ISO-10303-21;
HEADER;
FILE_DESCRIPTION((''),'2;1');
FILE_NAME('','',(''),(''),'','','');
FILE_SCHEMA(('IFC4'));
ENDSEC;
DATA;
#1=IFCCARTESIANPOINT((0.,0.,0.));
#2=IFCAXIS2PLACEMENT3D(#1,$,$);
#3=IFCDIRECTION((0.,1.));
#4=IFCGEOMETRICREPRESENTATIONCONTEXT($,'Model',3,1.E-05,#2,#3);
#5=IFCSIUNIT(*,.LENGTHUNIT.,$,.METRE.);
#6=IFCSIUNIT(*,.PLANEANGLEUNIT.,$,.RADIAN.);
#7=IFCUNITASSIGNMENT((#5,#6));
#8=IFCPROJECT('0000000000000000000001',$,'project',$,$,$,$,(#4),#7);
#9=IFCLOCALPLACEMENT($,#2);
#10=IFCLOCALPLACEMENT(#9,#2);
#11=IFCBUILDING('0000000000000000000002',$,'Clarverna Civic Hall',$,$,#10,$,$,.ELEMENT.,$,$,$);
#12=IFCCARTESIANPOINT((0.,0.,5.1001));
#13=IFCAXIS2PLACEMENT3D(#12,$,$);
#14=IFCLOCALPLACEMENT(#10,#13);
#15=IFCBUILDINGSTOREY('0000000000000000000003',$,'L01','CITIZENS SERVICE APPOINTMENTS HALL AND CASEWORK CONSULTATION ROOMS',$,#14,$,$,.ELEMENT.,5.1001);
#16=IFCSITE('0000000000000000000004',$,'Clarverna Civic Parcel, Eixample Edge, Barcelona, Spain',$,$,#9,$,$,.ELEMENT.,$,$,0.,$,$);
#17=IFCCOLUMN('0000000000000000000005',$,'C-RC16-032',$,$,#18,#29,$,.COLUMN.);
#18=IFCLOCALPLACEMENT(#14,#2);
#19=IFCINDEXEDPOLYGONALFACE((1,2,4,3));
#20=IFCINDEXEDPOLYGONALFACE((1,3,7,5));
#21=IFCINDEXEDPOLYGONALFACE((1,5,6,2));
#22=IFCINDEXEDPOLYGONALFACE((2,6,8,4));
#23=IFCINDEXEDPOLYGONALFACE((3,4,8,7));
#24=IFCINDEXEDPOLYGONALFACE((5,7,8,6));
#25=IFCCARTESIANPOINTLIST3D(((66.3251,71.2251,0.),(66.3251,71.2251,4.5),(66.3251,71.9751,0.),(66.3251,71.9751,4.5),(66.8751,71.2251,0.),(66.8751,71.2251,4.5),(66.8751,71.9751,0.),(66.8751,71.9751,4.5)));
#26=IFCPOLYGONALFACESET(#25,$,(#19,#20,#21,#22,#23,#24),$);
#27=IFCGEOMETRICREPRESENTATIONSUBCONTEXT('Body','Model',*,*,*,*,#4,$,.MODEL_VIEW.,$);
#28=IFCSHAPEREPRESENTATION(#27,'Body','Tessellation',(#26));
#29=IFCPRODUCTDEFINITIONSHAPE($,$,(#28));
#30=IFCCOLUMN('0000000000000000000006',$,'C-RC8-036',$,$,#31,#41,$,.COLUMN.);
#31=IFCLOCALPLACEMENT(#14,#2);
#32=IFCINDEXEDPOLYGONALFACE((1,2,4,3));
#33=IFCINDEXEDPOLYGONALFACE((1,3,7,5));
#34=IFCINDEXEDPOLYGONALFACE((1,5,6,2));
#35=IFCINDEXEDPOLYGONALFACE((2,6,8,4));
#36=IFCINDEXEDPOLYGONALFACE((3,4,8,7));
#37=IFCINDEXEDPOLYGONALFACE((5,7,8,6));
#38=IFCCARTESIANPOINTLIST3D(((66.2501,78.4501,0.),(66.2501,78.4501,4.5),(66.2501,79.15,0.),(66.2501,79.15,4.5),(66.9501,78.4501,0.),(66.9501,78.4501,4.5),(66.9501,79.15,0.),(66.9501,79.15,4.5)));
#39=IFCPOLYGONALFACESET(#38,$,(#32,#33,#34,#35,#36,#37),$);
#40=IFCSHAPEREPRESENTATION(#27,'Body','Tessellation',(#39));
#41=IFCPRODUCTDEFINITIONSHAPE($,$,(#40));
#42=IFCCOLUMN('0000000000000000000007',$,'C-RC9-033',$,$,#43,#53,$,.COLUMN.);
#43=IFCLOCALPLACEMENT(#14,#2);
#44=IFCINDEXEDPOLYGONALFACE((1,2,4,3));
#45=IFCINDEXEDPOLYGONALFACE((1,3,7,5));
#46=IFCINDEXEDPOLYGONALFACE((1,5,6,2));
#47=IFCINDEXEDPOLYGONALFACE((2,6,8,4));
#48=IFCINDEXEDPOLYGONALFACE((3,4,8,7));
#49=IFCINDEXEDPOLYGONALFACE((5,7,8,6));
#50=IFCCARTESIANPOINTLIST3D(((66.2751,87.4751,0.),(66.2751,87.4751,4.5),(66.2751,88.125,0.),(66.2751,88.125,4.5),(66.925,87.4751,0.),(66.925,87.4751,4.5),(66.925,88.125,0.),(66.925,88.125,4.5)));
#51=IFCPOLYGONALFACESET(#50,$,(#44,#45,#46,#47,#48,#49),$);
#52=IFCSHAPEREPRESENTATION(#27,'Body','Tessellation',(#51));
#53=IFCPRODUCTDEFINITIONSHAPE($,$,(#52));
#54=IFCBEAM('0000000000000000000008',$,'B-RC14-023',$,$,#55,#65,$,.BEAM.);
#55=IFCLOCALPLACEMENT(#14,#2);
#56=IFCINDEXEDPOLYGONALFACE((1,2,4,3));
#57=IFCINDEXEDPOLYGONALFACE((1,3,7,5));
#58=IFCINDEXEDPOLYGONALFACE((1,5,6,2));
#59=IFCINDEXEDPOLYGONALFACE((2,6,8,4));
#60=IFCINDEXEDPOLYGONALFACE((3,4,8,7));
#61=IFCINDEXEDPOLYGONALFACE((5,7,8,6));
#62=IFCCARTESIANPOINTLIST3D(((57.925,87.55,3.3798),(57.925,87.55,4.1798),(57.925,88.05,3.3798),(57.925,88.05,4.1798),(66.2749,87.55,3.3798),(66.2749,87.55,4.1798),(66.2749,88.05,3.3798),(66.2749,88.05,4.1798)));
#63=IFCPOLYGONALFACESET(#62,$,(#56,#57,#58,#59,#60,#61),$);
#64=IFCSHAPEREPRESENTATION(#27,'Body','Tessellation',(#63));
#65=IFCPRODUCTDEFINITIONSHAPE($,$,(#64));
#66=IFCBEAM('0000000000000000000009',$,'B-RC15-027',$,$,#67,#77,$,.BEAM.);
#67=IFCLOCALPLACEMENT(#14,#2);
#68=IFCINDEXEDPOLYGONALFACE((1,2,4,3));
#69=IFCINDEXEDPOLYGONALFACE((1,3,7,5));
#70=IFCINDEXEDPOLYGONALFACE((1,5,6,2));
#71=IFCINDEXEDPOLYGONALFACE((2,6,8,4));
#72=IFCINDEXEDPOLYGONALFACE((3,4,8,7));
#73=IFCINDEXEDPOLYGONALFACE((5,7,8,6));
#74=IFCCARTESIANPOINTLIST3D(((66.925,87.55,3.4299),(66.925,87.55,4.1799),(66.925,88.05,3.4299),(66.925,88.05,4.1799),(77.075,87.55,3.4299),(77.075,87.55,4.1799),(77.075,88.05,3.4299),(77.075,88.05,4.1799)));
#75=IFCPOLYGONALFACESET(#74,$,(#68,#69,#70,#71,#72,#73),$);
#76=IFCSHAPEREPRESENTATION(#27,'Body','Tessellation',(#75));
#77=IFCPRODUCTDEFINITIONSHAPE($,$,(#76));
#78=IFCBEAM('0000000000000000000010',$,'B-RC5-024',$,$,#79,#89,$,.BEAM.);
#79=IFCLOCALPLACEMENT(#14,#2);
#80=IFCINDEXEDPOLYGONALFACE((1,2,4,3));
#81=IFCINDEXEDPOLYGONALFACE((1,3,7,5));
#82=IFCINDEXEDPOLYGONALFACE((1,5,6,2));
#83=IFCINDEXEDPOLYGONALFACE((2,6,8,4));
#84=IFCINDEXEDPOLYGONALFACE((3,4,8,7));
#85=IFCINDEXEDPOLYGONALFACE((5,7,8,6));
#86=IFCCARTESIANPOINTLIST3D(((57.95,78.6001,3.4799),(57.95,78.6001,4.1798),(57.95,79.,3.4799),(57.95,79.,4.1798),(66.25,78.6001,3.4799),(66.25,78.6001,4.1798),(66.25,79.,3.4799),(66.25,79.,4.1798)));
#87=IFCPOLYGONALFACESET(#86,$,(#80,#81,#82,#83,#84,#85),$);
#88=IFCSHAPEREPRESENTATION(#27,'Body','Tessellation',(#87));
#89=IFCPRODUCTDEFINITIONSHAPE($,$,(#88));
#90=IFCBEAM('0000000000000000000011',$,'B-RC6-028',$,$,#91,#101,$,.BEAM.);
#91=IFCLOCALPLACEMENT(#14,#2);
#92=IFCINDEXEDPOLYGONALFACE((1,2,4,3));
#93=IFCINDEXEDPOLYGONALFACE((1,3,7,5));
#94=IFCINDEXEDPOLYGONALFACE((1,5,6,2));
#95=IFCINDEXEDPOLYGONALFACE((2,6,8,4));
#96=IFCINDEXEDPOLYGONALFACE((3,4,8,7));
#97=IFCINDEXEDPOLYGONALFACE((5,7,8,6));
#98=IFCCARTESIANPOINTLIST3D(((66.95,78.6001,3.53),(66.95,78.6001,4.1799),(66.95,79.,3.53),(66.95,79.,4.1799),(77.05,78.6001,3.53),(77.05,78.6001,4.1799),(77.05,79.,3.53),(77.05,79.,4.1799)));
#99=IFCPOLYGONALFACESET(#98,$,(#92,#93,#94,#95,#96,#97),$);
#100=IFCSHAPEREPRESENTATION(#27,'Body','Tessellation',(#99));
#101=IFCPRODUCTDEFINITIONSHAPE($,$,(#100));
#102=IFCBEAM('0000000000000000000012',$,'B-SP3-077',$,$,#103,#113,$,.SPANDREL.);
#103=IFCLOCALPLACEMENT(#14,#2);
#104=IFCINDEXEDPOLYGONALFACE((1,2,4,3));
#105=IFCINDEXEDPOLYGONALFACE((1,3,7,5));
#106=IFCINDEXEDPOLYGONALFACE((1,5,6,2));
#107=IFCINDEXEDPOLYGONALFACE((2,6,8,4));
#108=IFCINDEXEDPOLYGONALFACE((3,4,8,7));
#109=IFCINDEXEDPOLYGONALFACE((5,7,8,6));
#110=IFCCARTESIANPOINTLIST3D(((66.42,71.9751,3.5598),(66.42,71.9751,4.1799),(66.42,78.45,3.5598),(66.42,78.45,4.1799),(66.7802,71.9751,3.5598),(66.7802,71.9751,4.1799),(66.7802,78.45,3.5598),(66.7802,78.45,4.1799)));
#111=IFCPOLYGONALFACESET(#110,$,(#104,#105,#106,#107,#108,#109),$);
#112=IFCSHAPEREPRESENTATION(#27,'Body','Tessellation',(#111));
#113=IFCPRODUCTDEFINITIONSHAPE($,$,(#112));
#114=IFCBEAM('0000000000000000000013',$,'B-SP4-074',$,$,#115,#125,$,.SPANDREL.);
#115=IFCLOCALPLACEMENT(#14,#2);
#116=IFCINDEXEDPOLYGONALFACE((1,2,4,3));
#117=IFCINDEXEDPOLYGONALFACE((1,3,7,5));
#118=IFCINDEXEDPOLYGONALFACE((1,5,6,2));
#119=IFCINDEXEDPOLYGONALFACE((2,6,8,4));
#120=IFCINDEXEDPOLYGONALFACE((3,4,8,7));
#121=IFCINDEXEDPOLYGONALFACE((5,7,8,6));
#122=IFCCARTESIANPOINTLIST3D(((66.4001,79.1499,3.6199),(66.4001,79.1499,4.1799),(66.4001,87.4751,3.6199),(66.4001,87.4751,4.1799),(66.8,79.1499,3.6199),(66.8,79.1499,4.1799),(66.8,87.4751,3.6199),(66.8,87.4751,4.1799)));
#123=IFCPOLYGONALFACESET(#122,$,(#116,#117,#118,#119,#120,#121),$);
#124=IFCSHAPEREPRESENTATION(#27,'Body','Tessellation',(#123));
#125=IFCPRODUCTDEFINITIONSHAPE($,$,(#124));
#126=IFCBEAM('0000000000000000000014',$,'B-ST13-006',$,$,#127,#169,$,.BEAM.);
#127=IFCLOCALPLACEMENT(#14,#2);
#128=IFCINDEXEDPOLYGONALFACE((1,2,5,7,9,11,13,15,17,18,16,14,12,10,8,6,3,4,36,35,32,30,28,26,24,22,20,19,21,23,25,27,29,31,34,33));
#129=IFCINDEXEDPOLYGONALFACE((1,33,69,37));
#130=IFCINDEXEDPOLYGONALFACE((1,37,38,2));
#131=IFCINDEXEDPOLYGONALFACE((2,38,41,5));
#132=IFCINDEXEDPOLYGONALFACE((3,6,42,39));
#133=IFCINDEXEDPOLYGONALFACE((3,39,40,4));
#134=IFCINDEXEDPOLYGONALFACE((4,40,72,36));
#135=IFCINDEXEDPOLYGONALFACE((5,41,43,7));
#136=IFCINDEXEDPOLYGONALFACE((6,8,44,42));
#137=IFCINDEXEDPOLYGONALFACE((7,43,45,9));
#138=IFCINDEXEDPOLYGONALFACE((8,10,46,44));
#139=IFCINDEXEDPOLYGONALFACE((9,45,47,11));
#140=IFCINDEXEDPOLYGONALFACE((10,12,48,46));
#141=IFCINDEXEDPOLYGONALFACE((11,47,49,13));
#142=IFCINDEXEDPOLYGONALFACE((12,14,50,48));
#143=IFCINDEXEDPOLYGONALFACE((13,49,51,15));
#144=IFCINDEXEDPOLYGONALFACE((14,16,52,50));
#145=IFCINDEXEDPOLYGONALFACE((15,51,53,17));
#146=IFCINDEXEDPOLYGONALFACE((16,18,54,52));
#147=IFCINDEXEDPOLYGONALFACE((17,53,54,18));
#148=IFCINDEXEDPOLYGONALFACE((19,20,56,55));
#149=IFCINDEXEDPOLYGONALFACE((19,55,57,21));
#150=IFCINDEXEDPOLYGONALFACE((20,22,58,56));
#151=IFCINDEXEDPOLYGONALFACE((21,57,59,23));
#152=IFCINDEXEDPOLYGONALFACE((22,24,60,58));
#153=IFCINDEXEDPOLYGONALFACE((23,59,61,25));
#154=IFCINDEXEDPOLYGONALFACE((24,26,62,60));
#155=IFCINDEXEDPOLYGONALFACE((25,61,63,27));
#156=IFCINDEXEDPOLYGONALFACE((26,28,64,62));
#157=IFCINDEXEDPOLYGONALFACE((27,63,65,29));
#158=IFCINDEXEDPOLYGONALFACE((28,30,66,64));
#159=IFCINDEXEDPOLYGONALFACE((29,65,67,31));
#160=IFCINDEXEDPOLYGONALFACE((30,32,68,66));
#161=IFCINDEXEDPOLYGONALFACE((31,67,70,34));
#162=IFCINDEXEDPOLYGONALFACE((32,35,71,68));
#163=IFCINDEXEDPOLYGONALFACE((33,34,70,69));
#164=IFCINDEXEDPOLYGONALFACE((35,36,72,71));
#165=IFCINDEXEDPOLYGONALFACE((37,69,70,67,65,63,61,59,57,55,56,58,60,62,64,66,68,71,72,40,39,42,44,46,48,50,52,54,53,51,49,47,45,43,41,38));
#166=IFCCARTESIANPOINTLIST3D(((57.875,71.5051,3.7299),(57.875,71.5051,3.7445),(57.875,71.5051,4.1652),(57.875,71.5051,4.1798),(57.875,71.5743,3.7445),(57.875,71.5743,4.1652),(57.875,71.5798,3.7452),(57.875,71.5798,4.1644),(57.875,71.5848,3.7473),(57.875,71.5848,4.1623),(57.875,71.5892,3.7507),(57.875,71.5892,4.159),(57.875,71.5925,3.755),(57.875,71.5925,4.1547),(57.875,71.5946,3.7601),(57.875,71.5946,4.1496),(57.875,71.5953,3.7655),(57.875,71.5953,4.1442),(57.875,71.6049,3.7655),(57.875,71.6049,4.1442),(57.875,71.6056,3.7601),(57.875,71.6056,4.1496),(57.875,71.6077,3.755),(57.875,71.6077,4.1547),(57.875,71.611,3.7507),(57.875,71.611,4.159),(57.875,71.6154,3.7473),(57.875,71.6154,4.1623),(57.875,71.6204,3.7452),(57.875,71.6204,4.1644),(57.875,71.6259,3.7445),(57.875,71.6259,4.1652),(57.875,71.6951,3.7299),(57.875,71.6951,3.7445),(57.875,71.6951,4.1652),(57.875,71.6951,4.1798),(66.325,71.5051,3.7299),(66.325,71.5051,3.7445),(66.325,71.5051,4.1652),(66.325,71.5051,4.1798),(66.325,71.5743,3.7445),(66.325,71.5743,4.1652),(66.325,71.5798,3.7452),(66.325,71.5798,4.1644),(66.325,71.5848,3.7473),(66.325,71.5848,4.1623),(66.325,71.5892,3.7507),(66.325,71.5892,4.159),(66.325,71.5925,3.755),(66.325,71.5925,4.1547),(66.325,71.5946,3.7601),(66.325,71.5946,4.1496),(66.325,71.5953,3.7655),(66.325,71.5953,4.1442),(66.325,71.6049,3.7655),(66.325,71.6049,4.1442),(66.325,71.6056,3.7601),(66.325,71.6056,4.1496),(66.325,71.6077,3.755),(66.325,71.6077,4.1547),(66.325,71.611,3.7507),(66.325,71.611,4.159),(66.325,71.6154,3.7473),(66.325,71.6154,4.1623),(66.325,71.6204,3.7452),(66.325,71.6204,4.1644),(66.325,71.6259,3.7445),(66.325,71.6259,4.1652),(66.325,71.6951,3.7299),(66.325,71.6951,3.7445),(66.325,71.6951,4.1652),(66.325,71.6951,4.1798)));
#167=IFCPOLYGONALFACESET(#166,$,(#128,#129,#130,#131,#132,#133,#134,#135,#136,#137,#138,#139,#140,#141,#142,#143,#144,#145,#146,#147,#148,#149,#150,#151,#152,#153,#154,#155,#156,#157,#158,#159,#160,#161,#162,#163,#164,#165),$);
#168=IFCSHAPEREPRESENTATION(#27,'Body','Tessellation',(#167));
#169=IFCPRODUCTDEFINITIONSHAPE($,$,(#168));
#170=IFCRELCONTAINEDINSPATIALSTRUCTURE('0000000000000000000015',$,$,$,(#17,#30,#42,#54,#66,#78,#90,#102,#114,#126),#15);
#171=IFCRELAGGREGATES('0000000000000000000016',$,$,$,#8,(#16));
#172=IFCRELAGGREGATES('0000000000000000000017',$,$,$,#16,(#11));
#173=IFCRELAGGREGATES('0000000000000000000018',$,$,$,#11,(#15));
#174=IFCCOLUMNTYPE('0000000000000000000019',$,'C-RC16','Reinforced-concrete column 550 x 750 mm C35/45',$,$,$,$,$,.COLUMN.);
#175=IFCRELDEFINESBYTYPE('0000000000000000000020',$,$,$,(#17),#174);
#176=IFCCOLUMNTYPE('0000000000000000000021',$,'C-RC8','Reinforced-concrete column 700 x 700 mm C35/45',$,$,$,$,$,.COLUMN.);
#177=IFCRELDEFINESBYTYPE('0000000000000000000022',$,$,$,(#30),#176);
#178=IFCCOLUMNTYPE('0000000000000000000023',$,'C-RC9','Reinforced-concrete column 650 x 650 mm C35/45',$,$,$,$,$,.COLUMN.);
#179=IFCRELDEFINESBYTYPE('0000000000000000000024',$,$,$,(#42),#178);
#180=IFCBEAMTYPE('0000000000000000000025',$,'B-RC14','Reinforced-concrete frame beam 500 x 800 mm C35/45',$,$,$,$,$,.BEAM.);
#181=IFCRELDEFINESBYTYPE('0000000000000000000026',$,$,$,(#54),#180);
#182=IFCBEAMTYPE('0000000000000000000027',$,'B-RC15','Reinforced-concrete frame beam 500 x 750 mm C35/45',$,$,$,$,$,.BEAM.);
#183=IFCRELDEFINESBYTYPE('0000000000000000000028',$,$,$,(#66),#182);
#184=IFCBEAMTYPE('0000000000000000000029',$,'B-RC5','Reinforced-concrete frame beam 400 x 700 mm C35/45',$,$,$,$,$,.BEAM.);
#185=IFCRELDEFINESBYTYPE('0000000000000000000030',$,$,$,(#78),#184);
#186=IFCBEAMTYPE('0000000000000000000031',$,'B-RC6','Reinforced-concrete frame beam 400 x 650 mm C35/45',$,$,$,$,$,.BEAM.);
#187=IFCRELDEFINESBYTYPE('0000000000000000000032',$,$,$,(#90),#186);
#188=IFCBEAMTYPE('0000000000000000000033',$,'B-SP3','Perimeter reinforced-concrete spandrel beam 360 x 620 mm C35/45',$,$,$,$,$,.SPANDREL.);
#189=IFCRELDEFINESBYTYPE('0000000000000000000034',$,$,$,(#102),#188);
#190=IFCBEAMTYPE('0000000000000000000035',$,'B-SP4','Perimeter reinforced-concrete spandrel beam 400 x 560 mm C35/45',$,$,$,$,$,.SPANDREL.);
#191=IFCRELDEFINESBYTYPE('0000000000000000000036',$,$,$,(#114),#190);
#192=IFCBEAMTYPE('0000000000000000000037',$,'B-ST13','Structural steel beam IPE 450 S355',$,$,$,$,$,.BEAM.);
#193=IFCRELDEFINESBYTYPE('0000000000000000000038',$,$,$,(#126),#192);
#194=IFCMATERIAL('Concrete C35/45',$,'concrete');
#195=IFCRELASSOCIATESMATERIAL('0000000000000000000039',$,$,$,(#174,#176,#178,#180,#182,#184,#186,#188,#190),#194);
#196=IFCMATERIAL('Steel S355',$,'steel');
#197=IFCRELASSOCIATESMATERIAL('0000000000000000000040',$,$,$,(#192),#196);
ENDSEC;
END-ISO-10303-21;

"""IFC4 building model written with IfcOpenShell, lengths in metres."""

from ifc_helpers import new_model, si_unit, direction, frame, origin, origin_2d, place, context, subcontext, project, spatial, rectangle, i_section, extrude, material, material_profile, profile_set, type_object, element, save


model = new_model("IFC4")

# Units and contexts
model_context = context("Model", 3, precision=1e-05, world=origin(), true_north=direction((0.0, 1.0)))
body_context = subcontext(model_context, "Body", "Model", "MODEL_VIEW")
ifc_project = project(units=[si_unit("LENGTHUNIT", "METRE"), si_unit("PLANEANGLEUNIT", "RADIAN")], contexts=[model_context])

# Site, building, storey
site_placement = place(None, origin())
site = spatial("IfcSite", under=ifc_project, at=site_placement, Name="Clarverna Civic Parcel, Eixample Edge, Barcelona, Spain", CompositionType="ELEMENT", RefElevation=0.0)
building_placement = place(site_placement, origin())
building = spatial("IfcBuilding", under=site, at=building_placement, Name="Clarverna Civic Hall", CompositionType="ELEMENT")
storey_placement = place(building_placement, frame((0.0, 0.0, 5.1001)))
storey = spatial("IfcBuildingStorey", under=building, at=storey_placement, Name="L01", Description="CITIZENS SERVICE APPOINTMENTS HALL AND CASEWORK CONSULTATION ROOMS", CompositionType="ELEMENT", Elevation=5.1001)

# Columns
ifc_material_1 = material(Name="Concrete C35/45", Category="concrete")
ifc_material_profile_1 = material_profile(ifc_material_1, rectangle(XDim=0.55, YDim=0.75, at=origin_2d()), Name="RC 550x750")
ifc_profile_set_1 = profile_set([ifc_material_profile_1], Name="Concrete C35/45")
column_type_1 = type_object("IfcColumnType", Name="C-RC16", Description="Reinforced-concrete column 550 x 750 mm C35/45", PredefinedType="COLUMN", material=ifc_profile_set_1)
column_1_placement = place(storey_placement, frame((66.6001, 71.6001, 0.0), z_axis=(0.0, 0.0, 1.0), x_axis=(1.0, 0.0, 0.0)))
element("IfcColumn", 1, at=column_1_placement, inside=storey, type_object=column_type_1, Name="C-RC16-032", PredefinedType="COLUMN", context=body_context, shape_type="SweptSolid", body=[
    extrude(rectangle(XDim=0.55, YDim=0.75, at=origin_2d()), origin(), (0.0, 0.0, 1.0), 4.5),
])
ifc_material_profile_2 = material_profile(ifc_material_1, rectangle(XDim=0.7, YDim=0.7, at=origin_2d()), Name="RC 700x700")
ifc_profile_set_2 = profile_set([ifc_material_profile_2], Name="Concrete C35/45")
column_type_2 = type_object("IfcColumnType", Name="C-RC8", Description="Reinforced-concrete column 700 x 700 mm C35/45", PredefinedType="COLUMN", material=ifc_profile_set_2)
column_2_placement = place(storey_placement, frame((66.6001, 78.8, 0.0), z_axis=(0.0, 0.0, 1.0), x_axis=(1.0, 0.0, 0.0)))
element("IfcColumn", 2, at=column_2_placement, inside=storey, type_object=column_type_2, Name="C-RC8-036", PredefinedType="COLUMN", context=body_context, shape_type="SweptSolid", body=[
    extrude(rectangle(XDim=0.7, YDim=0.7, at=origin_2d()), origin(), (0.0, 0.0, 1.0), 4.5),
])
ifc_material_profile_3 = material_profile(ifc_material_1, rectangle(XDim=0.6499, YDim=0.6499, at=origin_2d()), Name="RC 650x650")
ifc_profile_set_3 = profile_set([ifc_material_profile_3], Name="Concrete C35/45")
column_type_3 = type_object("IfcColumnType", Name="C-RC9", Description="Reinforced-concrete column 650 x 650 mm C35/45", PredefinedType="COLUMN", material=ifc_profile_set_3)
column_3_placement = place(storey_placement, frame((66.6001, 87.8, 0.0), z_axis=(0.0, 0.0, 1.0), x_axis=(1.0, 0.0, 0.0)))
element("IfcColumn", 3, at=column_3_placement, inside=storey, type_object=column_type_3, Name="C-RC9-033", PredefinedType="COLUMN", context=body_context, shape_type="SweptSolid", body=[
    extrude(rectangle(XDim=0.6499, YDim=0.6499, at=origin_2d()), origin(), (0.0, 0.0, 1.0), 4.5),
])

# Beams
ifc_material_profile_4 = material_profile(ifc_material_1, rectangle(XDim=0.5, YDim=0.8, at=origin_2d()), Name="RC 500x800")
ifc_profile_set_4 = profile_set([ifc_material_profile_4], Name="Concrete C35/45")
beam_type_1 = type_object("IfcBeamType", Name="B-RC14", Description="Reinforced-concrete frame beam 500 x 800 mm C35/45", PredefinedType="BEAM", material=ifc_profile_set_4)
beam_1_placement = place(storey_placement, frame((57.925, 87.8, 3.7798), z_axis=(1.0, 0.0, 0.0), x_axis=(0.0, 1.0, 0.0)))
element("IfcBeam", 4, at=beam_1_placement, inside=storey, type_object=beam_type_1, Name="B-RC14-023", PredefinedType="BEAM", context=body_context, shape_type="SweptSolid", body=[
    extrude(rectangle(XDim=0.5, YDim=0.8, at=origin_2d()), origin(), (0.0, 0.0, 1.0), 8.3499),
])
ifc_material_profile_5 = material_profile(ifc_material_1, rectangle(XDim=0.5, YDim=0.75, at=origin_2d()), Name="RC 500x750")
ifc_profile_set_5 = profile_set([ifc_material_profile_5], Name="Concrete C35/45")
beam_type_2 = type_object("IfcBeamType", Name="B-RC15", Description="Reinforced-concrete frame beam 500 x 750 mm C35/45", PredefinedType="BEAM", material=ifc_profile_set_5)
beam_2_placement = place(storey_placement, frame((66.925, 87.8, 3.8049), z_axis=(1.0, 0.0, 0.0), x_axis=(0.0, 1.0, 0.0)))
element("IfcBeam", 5, at=beam_2_placement, inside=storey, type_object=beam_type_2, Name="B-RC15-027", PredefinedType="BEAM", context=body_context, shape_type="SweptSolid", body=[
    extrude(rectangle(XDim=0.5, YDim=0.75, at=origin_2d()), origin(), (0.0, 0.0, 1.0), 10.1499),
])
ifc_material_profile_6 = material_profile(ifc_material_1, rectangle(XDim=0.3999, YDim=0.7, at=origin_2d()), Name="RC 400x700")
ifc_profile_set_6 = profile_set([ifc_material_profile_6], Name="Concrete C35/45")
beam_type_3 = type_object("IfcBeamType", Name="B-RC5", Description="Reinforced-concrete frame beam 400 x 700 mm C35/45", PredefinedType="BEAM", material=ifc_profile_set_6)
beam_3_placement = place(storey_placement, frame((57.95, 78.8, 3.8298), z_axis=(1.0, 0.0, 0.0), x_axis=(0.0, 1.0, 0.0)))
element("IfcBeam", 6, at=beam_3_placement, inside=storey, type_object=beam_type_3, Name="B-RC5-024", PredefinedType="BEAM", context=body_context, shape_type="SweptSolid", body=[
    extrude(rectangle(XDim=0.3999, YDim=0.7, at=origin_2d()), origin(), (0.0, 0.0, 1.0), 8.3),
])
ifc_material_profile_7 = material_profile(ifc_material_1, rectangle(XDim=0.3999, YDim=0.6499, at=origin_2d()), Name="RC 400x650")
ifc_profile_set_7 = profile_set([ifc_material_profile_7], Name="Concrete C35/45")
beam_type_4 = type_object("IfcBeamType", Name="B-RC6", Description="Reinforced-concrete frame beam 400 x 650 mm C35/45", PredefinedType="BEAM", material=ifc_profile_set_7)
beam_4_placement = place(storey_placement, frame((66.95, 78.8, 3.855), z_axis=(1.0, 0.0, 0.0), x_axis=(0.0, 1.0, 0.0)))
element("IfcBeam", 7, at=beam_4_placement, inside=storey, type_object=beam_type_4, Name="B-RC6-028", PredefinedType="BEAM", context=body_context, shape_type="SweptSolid", body=[
    extrude(rectangle(XDim=0.3999, YDim=0.6499, at=origin_2d()), origin(), (0.0, 0.0, 1.0), 10.1001),
])
ifc_material_profile_8 = material_profile(ifc_material_1, rectangle(XDim=0.3601, YDim=0.6201, at=origin_2d()), Name="RC 360x620")
ifc_profile_set_8 = profile_set([ifc_material_profile_8], Name="Concrete C35/45")
beam_type_5 = type_object("IfcBeamType", Name="B-SP3", Description="Perimeter reinforced-concrete spandrel beam 360 x 620 mm C35/45", PredefinedType="SPANDREL", material=ifc_profile_set_8)
beam_5_placement = place(storey_placement, frame((66.6001, 71.9751, 3.8699), z_axis=(0.0, 1.0, 0.0), x_axis=(-1.0, 0.0, 0.0)))
element("IfcBeam", 8, at=beam_5_placement, inside=storey, type_object=beam_type_5, Name="B-SP3-077", PredefinedType="SPANDREL", context=body_context, shape_type="SweptSolid", body=[
    extrude(rectangle(XDim=0.3601, YDim=0.6201, at=origin_2d()), origin(), (0.0, 0.0, 1.0), 6.4749),
])
ifc_material_profile_9 = material_profile(ifc_material_1, rectangle(XDim=0.3999, YDim=0.5601, at=origin_2d()), Name="RC 400x560")
ifc_profile_set_9 = profile_set([ifc_material_profile_9], Name="Concrete C35/45")
beam_type_6 = type_object("IfcBeamType", Name="B-SP4", Description="Perimeter reinforced-concrete spandrel beam 400 x 560 mm C35/45", PredefinedType="SPANDREL", material=ifc_profile_set_9)
beam_6_placement = place(storey_placement, frame((66.6001, 79.1499, 3.8999), z_axis=(0.0, 1.0, 0.0), x_axis=(-1.0, 0.0, 0.0)))
element("IfcBeam", 9, at=beam_6_placement, inside=storey, type_object=beam_type_6, Name="B-SP4-074", PredefinedType="SPANDREL", context=body_context, shape_type="SweptSolid", body=[
    extrude(rectangle(XDim=0.3999, YDim=0.5601, at=origin_2d()), origin(), (0.0, 0.0, 1.0), 8.3252),
])
ifc_material_2 = material(Name="Steel S355", Category="steel")
ifc_material_profile_10 = material_profile(ifc_material_2, i_section(OverallWidth=0.1899, OverallDepth=0.45, WebThickness=0.0095, FlangeThickness=0.0146, FilletRadius=0.021, at=origin_2d()), Name="IPE 450")
ifc_profile_set_10 = profile_set([ifc_material_profile_10], Name="Steel S355")
beam_type_7 = type_object("IfcBeamType", Name="B-ST13", Description="Structural steel beam IPE 450 S355", PredefinedType="BEAM", material=ifc_profile_set_10)
beam_7_placement = place(storey_placement, frame((57.875, 71.6001, 3.9548), z_axis=(1.0, 0.0, 0.0), x_axis=(0.0, 1.0, 0.0)))
element("IfcBeam", 10, at=beam_7_placement, inside=storey, type_object=beam_type_7, Name="B-ST13-006", PredefinedType="BEAM", context=body_context, shape_type="SweptSolid", body=[
    extrude(i_section(OverallWidth=0.1899, OverallDepth=0.45, WebThickness=0.0095, FlangeThickness=0.0146, FilletRadius=0.021, at=origin_2d()), origin(), (0.0, 0.0, 1.0), 8.45),
])

save(model, "model.ifc")
